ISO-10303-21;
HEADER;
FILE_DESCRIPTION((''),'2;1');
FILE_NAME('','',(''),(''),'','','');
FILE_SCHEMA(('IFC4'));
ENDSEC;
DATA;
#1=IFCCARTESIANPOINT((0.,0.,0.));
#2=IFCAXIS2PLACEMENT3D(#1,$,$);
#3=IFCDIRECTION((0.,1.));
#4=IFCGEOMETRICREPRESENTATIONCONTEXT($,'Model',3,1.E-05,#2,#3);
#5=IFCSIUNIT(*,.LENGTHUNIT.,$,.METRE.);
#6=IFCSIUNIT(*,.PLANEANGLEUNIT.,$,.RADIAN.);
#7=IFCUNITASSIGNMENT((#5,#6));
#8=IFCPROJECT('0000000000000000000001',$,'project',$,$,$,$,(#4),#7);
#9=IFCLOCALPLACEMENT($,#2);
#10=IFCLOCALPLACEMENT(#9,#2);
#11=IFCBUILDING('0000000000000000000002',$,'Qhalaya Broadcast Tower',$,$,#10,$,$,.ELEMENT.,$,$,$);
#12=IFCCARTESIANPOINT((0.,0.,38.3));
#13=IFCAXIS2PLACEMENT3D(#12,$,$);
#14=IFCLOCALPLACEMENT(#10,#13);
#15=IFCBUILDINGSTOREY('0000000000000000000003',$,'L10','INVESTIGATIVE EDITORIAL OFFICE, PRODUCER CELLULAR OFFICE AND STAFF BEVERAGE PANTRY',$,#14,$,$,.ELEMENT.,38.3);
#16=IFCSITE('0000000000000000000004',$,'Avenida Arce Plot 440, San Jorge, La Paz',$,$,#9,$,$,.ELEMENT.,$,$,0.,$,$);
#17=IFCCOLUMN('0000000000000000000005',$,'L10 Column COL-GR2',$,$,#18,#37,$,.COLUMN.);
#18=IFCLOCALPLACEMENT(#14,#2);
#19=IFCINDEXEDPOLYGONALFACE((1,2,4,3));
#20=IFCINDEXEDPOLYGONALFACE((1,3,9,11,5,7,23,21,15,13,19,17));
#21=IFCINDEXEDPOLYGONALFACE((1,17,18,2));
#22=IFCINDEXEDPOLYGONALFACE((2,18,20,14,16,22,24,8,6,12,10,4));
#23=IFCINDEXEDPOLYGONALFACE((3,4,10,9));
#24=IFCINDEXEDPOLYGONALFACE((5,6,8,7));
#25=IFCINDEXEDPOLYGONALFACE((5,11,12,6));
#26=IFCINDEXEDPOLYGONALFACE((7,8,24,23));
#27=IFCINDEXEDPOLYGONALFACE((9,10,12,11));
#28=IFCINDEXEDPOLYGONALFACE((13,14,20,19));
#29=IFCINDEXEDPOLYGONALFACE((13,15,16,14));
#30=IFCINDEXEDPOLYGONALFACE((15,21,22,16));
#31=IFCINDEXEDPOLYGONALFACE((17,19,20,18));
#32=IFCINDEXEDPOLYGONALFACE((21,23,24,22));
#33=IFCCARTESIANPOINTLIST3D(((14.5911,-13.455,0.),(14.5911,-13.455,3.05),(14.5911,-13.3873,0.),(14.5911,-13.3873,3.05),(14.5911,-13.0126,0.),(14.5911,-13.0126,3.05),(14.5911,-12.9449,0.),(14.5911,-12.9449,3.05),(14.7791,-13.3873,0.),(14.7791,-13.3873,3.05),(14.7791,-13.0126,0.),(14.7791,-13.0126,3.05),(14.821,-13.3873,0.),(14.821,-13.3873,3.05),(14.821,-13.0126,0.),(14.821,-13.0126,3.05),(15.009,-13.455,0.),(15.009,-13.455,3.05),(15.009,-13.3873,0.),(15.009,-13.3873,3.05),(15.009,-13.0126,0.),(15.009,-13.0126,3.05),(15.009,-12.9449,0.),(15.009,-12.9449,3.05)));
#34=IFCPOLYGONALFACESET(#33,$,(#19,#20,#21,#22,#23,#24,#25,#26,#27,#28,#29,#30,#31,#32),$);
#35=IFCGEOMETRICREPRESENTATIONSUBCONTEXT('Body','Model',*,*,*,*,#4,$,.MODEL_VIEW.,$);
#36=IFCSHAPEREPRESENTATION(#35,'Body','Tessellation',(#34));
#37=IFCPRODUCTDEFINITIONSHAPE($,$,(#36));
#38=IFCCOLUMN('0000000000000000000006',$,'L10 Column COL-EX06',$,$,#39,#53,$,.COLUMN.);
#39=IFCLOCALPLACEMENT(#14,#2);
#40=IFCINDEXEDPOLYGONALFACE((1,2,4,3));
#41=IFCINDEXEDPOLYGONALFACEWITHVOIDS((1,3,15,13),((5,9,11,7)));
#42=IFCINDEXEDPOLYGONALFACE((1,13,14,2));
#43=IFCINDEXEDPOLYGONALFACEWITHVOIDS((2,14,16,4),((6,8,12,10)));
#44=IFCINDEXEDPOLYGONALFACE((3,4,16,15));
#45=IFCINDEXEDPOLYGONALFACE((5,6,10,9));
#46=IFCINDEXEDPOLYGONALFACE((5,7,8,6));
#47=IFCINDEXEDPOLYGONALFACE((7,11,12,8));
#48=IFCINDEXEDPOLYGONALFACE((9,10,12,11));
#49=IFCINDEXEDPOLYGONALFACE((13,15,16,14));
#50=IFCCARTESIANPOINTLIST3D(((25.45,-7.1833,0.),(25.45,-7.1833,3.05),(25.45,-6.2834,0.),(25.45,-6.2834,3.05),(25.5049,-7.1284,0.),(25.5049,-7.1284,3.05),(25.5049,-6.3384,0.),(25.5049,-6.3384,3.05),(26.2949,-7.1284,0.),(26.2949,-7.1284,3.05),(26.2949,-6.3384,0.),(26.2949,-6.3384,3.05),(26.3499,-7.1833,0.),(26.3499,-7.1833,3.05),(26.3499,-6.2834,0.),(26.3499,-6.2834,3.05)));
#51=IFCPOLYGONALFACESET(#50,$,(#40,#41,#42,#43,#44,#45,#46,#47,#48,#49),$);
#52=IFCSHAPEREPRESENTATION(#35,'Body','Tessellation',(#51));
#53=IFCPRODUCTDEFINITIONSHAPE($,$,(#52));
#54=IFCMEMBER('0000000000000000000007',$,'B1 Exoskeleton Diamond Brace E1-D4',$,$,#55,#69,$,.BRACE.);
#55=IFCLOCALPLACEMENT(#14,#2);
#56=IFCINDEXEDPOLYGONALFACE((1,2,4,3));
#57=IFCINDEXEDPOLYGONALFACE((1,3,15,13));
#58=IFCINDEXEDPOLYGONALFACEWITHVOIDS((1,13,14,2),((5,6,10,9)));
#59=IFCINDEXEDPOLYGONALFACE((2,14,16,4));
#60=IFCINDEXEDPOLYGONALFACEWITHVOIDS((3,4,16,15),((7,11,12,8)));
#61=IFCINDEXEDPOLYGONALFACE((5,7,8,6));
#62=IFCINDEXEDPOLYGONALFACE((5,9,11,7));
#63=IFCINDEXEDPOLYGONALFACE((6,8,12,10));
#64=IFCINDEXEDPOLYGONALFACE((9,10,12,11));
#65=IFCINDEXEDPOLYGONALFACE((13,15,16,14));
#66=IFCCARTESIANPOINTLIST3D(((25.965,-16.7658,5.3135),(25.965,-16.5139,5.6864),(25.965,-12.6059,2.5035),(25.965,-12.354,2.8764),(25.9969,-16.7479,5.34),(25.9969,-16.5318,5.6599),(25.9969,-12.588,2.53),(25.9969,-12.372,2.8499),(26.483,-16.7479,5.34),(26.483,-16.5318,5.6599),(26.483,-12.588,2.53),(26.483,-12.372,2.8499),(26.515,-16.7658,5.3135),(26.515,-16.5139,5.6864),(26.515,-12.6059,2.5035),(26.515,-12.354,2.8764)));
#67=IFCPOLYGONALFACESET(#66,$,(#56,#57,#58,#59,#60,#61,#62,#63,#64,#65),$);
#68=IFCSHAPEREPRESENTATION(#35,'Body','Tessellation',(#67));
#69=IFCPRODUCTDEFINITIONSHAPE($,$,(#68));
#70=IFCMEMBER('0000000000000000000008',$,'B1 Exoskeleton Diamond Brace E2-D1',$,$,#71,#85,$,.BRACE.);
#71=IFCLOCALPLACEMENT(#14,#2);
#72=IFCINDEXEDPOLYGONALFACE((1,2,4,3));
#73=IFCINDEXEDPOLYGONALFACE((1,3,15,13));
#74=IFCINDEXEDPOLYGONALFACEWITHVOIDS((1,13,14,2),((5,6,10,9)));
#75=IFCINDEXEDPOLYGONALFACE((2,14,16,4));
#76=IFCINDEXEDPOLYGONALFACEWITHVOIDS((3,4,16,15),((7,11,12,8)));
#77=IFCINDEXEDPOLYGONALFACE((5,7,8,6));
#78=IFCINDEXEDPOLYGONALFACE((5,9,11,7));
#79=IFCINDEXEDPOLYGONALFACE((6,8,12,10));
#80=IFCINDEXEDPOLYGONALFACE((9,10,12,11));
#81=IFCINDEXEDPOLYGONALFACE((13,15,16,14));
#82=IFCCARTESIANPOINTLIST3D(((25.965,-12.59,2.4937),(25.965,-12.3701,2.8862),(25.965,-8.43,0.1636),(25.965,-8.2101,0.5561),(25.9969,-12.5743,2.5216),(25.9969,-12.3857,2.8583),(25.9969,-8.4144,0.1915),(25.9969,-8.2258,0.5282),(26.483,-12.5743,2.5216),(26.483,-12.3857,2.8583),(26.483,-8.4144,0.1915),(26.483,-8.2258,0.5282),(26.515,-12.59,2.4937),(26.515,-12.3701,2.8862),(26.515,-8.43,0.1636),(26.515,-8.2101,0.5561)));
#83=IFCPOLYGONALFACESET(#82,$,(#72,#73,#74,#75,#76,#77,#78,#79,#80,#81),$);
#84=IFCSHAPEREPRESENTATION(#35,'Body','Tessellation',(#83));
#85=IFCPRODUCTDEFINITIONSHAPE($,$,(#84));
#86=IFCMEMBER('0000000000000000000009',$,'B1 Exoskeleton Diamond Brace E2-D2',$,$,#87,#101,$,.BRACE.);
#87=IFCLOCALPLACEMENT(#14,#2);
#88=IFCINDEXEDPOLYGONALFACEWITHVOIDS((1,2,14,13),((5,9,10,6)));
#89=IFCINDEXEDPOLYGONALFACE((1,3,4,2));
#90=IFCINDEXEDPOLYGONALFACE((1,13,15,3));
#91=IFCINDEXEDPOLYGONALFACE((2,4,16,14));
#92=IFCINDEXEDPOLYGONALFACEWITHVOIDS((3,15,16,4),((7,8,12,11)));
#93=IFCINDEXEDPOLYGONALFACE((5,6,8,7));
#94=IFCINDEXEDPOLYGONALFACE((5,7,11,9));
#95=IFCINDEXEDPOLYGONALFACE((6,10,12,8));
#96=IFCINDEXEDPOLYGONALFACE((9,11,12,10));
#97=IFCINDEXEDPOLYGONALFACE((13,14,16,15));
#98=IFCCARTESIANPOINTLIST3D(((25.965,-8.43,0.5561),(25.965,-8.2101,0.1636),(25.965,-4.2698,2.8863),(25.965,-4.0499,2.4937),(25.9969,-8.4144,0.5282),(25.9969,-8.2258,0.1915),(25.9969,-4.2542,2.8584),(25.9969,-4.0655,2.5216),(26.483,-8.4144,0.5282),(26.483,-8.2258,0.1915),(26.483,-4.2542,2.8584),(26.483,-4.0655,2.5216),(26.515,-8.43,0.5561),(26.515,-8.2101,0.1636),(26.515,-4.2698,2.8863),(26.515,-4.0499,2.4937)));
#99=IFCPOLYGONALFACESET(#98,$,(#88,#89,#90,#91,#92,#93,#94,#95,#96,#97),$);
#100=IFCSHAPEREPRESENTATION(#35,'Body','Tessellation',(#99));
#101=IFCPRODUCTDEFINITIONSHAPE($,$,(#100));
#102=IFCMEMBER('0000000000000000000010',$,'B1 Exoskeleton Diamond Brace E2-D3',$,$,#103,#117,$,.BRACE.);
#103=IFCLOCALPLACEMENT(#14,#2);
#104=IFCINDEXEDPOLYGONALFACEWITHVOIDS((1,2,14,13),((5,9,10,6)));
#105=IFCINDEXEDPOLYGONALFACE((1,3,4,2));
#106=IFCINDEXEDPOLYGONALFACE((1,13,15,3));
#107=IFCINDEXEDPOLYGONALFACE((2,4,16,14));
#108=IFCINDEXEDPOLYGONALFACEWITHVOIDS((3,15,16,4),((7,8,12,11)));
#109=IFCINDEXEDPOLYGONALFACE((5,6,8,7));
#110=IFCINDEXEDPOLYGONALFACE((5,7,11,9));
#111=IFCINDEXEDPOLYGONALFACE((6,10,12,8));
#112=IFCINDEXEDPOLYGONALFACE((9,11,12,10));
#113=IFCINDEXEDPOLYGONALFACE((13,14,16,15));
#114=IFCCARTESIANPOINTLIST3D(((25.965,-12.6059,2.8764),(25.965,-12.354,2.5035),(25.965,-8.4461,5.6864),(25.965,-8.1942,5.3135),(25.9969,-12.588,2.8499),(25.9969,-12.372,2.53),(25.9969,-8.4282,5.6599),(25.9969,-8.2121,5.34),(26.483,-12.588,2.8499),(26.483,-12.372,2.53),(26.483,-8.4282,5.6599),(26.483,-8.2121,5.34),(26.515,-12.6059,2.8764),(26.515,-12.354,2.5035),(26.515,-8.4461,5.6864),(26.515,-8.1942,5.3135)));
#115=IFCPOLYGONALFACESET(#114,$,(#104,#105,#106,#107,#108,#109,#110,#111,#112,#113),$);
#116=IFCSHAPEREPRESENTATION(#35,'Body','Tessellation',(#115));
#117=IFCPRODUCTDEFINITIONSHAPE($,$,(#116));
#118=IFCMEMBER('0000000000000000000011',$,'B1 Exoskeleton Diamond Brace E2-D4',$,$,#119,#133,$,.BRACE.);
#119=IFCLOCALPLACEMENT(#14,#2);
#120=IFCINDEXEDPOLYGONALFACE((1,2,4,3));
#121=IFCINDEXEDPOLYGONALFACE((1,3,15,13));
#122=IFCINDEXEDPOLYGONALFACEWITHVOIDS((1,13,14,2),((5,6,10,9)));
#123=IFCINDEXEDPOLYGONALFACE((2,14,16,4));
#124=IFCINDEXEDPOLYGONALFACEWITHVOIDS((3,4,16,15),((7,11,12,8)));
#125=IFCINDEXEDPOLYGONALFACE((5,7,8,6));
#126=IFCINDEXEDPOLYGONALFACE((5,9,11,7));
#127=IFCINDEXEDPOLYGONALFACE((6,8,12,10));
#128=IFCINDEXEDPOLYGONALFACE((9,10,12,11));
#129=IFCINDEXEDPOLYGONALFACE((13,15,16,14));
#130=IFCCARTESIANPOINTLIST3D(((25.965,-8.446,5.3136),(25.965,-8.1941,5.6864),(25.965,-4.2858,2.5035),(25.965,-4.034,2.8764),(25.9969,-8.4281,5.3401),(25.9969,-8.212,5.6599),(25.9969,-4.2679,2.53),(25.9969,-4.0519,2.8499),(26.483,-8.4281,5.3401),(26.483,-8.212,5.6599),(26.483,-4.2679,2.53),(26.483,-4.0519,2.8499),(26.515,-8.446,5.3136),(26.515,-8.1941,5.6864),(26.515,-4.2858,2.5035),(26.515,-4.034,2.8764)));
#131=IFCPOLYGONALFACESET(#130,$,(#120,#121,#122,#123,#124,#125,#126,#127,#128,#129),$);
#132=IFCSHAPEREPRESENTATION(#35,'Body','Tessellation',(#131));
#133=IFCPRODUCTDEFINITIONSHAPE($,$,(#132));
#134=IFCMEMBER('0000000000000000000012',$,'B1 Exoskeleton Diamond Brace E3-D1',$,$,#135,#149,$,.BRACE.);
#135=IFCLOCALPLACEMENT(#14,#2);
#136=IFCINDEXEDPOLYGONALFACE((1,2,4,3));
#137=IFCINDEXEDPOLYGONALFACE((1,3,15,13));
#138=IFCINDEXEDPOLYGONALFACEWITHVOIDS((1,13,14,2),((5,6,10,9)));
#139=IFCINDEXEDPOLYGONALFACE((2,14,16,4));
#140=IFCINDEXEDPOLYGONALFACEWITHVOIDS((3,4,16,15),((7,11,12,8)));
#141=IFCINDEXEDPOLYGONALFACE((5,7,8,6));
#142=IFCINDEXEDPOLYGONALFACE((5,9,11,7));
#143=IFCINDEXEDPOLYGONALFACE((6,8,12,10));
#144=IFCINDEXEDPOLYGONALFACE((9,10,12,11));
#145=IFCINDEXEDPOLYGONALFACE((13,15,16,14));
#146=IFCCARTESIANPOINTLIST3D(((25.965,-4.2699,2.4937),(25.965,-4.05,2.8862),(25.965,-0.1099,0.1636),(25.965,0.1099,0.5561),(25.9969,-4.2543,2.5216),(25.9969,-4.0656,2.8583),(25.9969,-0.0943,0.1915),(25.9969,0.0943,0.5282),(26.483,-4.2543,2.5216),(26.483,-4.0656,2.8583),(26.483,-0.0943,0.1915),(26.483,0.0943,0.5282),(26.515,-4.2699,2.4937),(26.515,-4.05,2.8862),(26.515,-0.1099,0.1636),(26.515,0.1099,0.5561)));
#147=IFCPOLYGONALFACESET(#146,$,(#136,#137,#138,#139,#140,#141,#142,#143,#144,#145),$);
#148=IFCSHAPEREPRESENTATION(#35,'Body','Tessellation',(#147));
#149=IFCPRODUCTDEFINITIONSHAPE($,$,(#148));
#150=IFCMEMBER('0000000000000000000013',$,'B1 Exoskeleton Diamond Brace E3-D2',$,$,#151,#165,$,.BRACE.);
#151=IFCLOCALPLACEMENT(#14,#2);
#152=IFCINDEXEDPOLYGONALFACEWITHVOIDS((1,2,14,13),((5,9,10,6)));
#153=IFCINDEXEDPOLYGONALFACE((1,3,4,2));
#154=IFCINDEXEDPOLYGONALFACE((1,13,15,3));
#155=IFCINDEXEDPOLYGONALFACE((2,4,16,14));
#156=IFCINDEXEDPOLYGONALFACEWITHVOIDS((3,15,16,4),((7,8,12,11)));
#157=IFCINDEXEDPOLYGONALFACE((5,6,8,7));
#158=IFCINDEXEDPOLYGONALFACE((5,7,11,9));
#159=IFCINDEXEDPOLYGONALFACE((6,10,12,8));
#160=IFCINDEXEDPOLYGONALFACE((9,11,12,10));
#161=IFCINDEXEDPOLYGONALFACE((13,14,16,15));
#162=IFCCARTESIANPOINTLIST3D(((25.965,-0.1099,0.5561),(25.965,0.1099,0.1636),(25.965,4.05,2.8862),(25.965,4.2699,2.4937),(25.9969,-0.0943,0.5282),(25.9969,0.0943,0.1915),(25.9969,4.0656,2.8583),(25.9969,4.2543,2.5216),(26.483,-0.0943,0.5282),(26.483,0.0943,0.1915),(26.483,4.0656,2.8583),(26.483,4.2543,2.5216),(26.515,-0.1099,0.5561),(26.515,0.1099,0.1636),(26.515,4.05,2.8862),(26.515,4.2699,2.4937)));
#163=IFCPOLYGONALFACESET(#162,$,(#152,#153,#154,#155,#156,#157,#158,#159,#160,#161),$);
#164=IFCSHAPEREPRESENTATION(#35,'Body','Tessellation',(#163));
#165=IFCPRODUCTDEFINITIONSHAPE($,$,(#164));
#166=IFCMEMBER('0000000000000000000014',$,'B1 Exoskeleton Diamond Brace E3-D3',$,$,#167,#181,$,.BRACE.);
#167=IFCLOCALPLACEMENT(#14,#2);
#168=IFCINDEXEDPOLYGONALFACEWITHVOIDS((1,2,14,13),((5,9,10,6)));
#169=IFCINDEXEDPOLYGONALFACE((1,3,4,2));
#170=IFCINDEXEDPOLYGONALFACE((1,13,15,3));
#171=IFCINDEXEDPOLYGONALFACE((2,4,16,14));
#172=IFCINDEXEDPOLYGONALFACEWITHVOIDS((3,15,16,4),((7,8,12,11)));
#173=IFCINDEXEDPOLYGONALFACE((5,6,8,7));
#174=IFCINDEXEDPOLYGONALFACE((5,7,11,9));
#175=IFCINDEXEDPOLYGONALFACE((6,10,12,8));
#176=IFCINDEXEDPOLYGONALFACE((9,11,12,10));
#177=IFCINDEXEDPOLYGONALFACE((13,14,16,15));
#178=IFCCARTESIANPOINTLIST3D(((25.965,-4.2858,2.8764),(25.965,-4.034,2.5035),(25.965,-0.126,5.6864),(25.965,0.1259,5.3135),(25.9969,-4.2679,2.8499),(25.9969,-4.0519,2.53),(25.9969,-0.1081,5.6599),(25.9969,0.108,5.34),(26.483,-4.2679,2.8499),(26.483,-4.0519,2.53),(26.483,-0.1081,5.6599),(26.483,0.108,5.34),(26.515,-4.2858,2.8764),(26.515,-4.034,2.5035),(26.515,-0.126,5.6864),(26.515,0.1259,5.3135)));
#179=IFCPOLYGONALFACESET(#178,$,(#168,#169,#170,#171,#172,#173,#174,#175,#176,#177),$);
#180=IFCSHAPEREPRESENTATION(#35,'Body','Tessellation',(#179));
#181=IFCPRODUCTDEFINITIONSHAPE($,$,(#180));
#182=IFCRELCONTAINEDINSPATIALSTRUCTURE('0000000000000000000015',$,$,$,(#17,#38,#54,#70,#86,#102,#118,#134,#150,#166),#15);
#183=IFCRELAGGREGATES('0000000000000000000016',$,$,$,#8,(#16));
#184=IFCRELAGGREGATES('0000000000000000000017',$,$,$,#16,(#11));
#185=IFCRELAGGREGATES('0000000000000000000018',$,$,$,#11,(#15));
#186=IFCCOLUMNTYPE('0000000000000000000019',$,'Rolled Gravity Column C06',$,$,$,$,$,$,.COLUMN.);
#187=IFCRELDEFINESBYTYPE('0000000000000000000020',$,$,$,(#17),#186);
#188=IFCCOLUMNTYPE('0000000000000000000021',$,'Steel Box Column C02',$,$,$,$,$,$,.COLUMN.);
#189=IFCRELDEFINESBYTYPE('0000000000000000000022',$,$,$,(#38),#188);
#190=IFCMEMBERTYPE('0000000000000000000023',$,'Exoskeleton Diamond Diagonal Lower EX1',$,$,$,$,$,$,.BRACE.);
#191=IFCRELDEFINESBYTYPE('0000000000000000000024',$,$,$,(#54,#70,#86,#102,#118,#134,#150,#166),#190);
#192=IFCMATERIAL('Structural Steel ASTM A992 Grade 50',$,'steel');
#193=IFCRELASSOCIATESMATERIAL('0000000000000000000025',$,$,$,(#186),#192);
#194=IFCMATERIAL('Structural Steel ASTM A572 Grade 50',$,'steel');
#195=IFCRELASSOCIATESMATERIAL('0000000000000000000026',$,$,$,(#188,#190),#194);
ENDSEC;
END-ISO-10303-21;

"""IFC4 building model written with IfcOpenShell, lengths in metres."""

from ifc_helpers import new_model, si_unit, direction, frame, origin, origin_2d, place, context, subcontext, project, spatial, hollow_rectangle, i_section, extrude, material, material_profile, profile_set, type_object, element, save


model = new_model("IFC4")

# Units and contexts
model_context = context("Model", 3, precision=1e-05, world=origin(), true_north=direction((0.0, 1.0)))
body_context = subcontext(model_context, "Body", "Model", "MODEL_VIEW")
ifc_project = project(units=[si_unit("LENGTHUNIT", "METRE"), si_unit("PLANEANGLEUNIT", "RADIAN")], contexts=[model_context])

# Site, building, storey
site_placement = place(None, origin())
site = spatial("IfcSite", under=ifc_project, at=site_placement, Name="Avenida Arce Plot 440, San Jorge, La Paz", CompositionType="ELEMENT", RefElevation=0.0)
building_placement = place(site_placement, origin())
building = spatial("IfcBuilding", under=site, at=building_placement, Name="Qhalaya Broadcast Tower", CompositionType="ELEMENT")
storey_placement = place(building_placement, frame((0.0, 0.0, 38.3)))
storey = spatial("IfcBuildingStorey", under=building, at=storey_placement, Name="L10", Description="INVESTIGATIVE EDITORIAL OFFICE, PRODUCER CELLULAR OFFICE AND STAFF BEVERAGE PANTRY", CompositionType="ELEMENT", Elevation=38.3)

# Columns
ifc_material_1 = material(Name="Structural Steel ASTM A992 Grade 50", Category="steel")
ifc_material_profile_1 = material_profile(ifc_material_1, i_section(OverallWidth=0.418, OverallDepth=0.51, WebThickness=0.042, FlangeThickness=0.0676, at=origin_2d()), Name="W14X370")
ifc_profile_set_1 = profile_set([ifc_material_profile_1], Name="Structural Steel ASTM A992 Grade 50")
column_type_1 = type_object("IfcColumnType", Name="Rolled Gravity Column C06", PredefinedType="COLUMN", material=ifc_profile_set_1)
column_1_placement = place(storey_placement, frame((14.8, -13.2, 0.0), z_axis=(0.0, 0.0, 1.0), x_axis=(1.0, 0.0, 0.0)))
element("IfcColumn", 1, at=column_1_placement, inside=storey, type_object=column_type_1, Name="L10 Column COL-GR2", PredefinedType="COLUMN", context=body_context, shape_type="SweptSolid", body=[
    extrude(i_section(OverallWidth=0.418, OverallDepth=0.51, WebThickness=0.042, FlangeThickness=0.0676, at=origin_2d()), origin(), (0.0, 0.0, 1.0), 3.05),
])
ifc_material_2 = material(Name="Structural Steel ASTM A572 Grade 50", Category="steel")
ifc_material_profile_2 = material_profile(ifc_material_2, hollow_rectangle(XDim=0.8999, YDim=0.8999, WallThickness=0.0549, at=origin_2d()), Name="BOX 900x900x55")
ifc_profile_set_2 = profile_set([ifc_material_profile_2], Name="Structural Steel ASTM A572 Grade 50")
column_type_2 = type_object("IfcColumnType", Name="Steel Box Column C02", PredefinedType="COLUMN", material=ifc_profile_set_2)
column_2_placement = place(storey_placement, frame((25.8999, -6.7334, 0.0), z_axis=(0.0, 0.0, 1.0), x_axis=(0.0, 1.0, 0.0)))
element("IfcColumn", 2, at=column_2_placement, inside=storey, type_object=column_type_2, Name="L10 Column COL-EX06", PredefinedType="COLUMN", context=body_context, shape_type="SweptSolid", body=[
    extrude(hollow_rectangle(XDim=0.8999, YDim=0.8999, WallThickness=0.0549, at=origin_2d()), origin(), (0.0, 0.0, 1.0), 3.05),
])

# Members
ifc_material_profile_3 = material_profile(ifc_material_2, hollow_rectangle(XDim=0.45, YDim=0.55, WallThickness=0.032, at=origin_2d()), Name="BOX 450x550x32")
ifc_profile_set_3 = profile_set([ifc_material_profile_3], Name="Structural Steel ASTM A572 Grade 50")
member_type = type_object("IfcMemberType", Name="Exoskeleton Diamond Diagonal Lower EX1", PredefinedType="BRACE", material=ifc_profile_set_3)
member_1_placement = place(storey_placement, frame((26.24, -12.48, 2.6899), z_axis=(0.0, -0.828653, 0.559763), x_axis=(0.0, 0.559763, 0.828653)))
element("IfcMember", 3, at=member_1_placement, inside=storey, type_object=member_type, Name="B1 Exoskeleton Diamond Brace E1-D4", PredefinedType="BRACE", context=body_context, shape_type="SweptSolid", body=[
    extrude(hollow_rectangle(XDim=0.45, YDim=0.55, WallThickness=0.032, at=origin_2d()), origin(), (0.0, 0.0, 1.0), 5.02),
])
member_2_placement = place(storey_placement, frame((26.24, -8.3201, 0.3599), z_axis=(0.0, -0.872459, 0.488688), x_axis=(0.0, 0.488688, 0.872459)))
element("IfcMember", 4, at=member_2_placement, inside=storey, type_object=member_type, Name="B1 Exoskeleton Diamond Brace E2-D1", PredefinedType="BRACE", context=body_context, shape_type="SweptSolid", body=[
    extrude(hollow_rectangle(XDim=0.45, YDim=0.55, WallThickness=0.032, at=origin_2d()), origin(), (0.0, 0.0, 1.0), 4.7681),
])
member_3_placement = place(storey_placement, frame((26.24, -8.3201, 0.3599), z_axis=(0.0, 0.872471, 0.488666), x_axis=(0.0, -0.488666, 0.872471)))
element("IfcMember", 5, at=member_3_placement, inside=storey, type_object=member_type, Name="B1 Exoskeleton Diamond Brace E2-D2", PredefinedType="BRACE", context=body_context, shape_type="SweptSolid", body=[
    extrude(hollow_rectangle(XDim=0.45, YDim=0.55, WallThickness=0.032, at=origin_2d()), origin(), (0.0, 0.0, 1.0), 4.7683),
])
member_4_placement = place(storey_placement, frame((26.24, -12.48, 2.6899), z_axis=(0.0, 0.828653, 0.559763), x_axis=(0.0, -0.559763, 0.828653)))
element("IfcMember", 6, at=member_4_placement, inside=storey, type_object=member_type, Name="B1 Exoskeleton Diamond Brace E2-D3", PredefinedType="BRACE", context=body_context, shape_type="SweptSolid", body=[
    extrude(hollow_rectangle(XDim=0.45, YDim=0.55, WallThickness=0.032, at=origin_2d()), origin(), (0.0, 0.0, 1.0), 5.02),
])
member_5_placement = place(storey_placement, frame((26.24, -4.1599, 2.6899), z_axis=(0.0, -0.828668, 0.55974), x_axis=(0.0, 0.55974, 0.828668)))
element("IfcMember", 7, at=member_5_placement, inside=storey, type_object=member_type, Name="B1 Exoskeleton Diamond Brace E2-D4", PredefinedType="BRACE", context=body_context, shape_type="SweptSolid", body=[
    extrude(hollow_rectangle(XDim=0.45, YDim=0.55, WallThickness=0.032, at=origin_2d()), origin(), (0.0, 0.0, 1.0), 5.0203),
])
for number, where, z_axis, x_axis, name in (
    (8, (26.24, 0.0, 0.3599), (0.0, -0.872459, 0.488688), (0.0, 0.488688, 0.872459), "B1 Exoskeleton Diamond Brace E3-D1"),
    (9, (26.24, 0.0, 0.3599), (0.0, 0.872459, 0.488688), (0.0, -0.488688, 0.872459), "B1 Exoskeleton Diamond Brace E3-D2"),
):
    element("IfcMember", number, at=place(storey_placement, frame(where, z_axis=z_axis, x_axis=x_axis)), inside=storey, type_object=member_type, Name=name, PredefinedType="BRACE", context=body_context, shape_type="SweptSolid", body=[
        extrude(hollow_rectangle(XDim=0.45, YDim=0.55, WallThickness=0.032, at=origin_2d()), origin(), (0.0, 0.0, 1.0), 4.7681),
    ])
member_6_placement = place(storey_placement, frame((26.24, -4.1599, 2.6899), z_axis=(0.0, 0.828653, 0.559763), x_axis=(0.0, -0.559763, 0.828653)))
element("IfcMember", 10, at=member_6_placement, inside=storey, type_object=member_type, Name="B1 Exoskeleton Diamond Brace E3-D3", PredefinedType="BRACE", context=body_context, shape_type="SweptSolid", body=[
    extrude(hollow_rectangle(XDim=0.45, YDim=0.55, WallThickness=0.032, at=origin_2d()), origin(), (0.0, 0.0, 1.0), 5.02),
])

save(model, "model.ifc")
